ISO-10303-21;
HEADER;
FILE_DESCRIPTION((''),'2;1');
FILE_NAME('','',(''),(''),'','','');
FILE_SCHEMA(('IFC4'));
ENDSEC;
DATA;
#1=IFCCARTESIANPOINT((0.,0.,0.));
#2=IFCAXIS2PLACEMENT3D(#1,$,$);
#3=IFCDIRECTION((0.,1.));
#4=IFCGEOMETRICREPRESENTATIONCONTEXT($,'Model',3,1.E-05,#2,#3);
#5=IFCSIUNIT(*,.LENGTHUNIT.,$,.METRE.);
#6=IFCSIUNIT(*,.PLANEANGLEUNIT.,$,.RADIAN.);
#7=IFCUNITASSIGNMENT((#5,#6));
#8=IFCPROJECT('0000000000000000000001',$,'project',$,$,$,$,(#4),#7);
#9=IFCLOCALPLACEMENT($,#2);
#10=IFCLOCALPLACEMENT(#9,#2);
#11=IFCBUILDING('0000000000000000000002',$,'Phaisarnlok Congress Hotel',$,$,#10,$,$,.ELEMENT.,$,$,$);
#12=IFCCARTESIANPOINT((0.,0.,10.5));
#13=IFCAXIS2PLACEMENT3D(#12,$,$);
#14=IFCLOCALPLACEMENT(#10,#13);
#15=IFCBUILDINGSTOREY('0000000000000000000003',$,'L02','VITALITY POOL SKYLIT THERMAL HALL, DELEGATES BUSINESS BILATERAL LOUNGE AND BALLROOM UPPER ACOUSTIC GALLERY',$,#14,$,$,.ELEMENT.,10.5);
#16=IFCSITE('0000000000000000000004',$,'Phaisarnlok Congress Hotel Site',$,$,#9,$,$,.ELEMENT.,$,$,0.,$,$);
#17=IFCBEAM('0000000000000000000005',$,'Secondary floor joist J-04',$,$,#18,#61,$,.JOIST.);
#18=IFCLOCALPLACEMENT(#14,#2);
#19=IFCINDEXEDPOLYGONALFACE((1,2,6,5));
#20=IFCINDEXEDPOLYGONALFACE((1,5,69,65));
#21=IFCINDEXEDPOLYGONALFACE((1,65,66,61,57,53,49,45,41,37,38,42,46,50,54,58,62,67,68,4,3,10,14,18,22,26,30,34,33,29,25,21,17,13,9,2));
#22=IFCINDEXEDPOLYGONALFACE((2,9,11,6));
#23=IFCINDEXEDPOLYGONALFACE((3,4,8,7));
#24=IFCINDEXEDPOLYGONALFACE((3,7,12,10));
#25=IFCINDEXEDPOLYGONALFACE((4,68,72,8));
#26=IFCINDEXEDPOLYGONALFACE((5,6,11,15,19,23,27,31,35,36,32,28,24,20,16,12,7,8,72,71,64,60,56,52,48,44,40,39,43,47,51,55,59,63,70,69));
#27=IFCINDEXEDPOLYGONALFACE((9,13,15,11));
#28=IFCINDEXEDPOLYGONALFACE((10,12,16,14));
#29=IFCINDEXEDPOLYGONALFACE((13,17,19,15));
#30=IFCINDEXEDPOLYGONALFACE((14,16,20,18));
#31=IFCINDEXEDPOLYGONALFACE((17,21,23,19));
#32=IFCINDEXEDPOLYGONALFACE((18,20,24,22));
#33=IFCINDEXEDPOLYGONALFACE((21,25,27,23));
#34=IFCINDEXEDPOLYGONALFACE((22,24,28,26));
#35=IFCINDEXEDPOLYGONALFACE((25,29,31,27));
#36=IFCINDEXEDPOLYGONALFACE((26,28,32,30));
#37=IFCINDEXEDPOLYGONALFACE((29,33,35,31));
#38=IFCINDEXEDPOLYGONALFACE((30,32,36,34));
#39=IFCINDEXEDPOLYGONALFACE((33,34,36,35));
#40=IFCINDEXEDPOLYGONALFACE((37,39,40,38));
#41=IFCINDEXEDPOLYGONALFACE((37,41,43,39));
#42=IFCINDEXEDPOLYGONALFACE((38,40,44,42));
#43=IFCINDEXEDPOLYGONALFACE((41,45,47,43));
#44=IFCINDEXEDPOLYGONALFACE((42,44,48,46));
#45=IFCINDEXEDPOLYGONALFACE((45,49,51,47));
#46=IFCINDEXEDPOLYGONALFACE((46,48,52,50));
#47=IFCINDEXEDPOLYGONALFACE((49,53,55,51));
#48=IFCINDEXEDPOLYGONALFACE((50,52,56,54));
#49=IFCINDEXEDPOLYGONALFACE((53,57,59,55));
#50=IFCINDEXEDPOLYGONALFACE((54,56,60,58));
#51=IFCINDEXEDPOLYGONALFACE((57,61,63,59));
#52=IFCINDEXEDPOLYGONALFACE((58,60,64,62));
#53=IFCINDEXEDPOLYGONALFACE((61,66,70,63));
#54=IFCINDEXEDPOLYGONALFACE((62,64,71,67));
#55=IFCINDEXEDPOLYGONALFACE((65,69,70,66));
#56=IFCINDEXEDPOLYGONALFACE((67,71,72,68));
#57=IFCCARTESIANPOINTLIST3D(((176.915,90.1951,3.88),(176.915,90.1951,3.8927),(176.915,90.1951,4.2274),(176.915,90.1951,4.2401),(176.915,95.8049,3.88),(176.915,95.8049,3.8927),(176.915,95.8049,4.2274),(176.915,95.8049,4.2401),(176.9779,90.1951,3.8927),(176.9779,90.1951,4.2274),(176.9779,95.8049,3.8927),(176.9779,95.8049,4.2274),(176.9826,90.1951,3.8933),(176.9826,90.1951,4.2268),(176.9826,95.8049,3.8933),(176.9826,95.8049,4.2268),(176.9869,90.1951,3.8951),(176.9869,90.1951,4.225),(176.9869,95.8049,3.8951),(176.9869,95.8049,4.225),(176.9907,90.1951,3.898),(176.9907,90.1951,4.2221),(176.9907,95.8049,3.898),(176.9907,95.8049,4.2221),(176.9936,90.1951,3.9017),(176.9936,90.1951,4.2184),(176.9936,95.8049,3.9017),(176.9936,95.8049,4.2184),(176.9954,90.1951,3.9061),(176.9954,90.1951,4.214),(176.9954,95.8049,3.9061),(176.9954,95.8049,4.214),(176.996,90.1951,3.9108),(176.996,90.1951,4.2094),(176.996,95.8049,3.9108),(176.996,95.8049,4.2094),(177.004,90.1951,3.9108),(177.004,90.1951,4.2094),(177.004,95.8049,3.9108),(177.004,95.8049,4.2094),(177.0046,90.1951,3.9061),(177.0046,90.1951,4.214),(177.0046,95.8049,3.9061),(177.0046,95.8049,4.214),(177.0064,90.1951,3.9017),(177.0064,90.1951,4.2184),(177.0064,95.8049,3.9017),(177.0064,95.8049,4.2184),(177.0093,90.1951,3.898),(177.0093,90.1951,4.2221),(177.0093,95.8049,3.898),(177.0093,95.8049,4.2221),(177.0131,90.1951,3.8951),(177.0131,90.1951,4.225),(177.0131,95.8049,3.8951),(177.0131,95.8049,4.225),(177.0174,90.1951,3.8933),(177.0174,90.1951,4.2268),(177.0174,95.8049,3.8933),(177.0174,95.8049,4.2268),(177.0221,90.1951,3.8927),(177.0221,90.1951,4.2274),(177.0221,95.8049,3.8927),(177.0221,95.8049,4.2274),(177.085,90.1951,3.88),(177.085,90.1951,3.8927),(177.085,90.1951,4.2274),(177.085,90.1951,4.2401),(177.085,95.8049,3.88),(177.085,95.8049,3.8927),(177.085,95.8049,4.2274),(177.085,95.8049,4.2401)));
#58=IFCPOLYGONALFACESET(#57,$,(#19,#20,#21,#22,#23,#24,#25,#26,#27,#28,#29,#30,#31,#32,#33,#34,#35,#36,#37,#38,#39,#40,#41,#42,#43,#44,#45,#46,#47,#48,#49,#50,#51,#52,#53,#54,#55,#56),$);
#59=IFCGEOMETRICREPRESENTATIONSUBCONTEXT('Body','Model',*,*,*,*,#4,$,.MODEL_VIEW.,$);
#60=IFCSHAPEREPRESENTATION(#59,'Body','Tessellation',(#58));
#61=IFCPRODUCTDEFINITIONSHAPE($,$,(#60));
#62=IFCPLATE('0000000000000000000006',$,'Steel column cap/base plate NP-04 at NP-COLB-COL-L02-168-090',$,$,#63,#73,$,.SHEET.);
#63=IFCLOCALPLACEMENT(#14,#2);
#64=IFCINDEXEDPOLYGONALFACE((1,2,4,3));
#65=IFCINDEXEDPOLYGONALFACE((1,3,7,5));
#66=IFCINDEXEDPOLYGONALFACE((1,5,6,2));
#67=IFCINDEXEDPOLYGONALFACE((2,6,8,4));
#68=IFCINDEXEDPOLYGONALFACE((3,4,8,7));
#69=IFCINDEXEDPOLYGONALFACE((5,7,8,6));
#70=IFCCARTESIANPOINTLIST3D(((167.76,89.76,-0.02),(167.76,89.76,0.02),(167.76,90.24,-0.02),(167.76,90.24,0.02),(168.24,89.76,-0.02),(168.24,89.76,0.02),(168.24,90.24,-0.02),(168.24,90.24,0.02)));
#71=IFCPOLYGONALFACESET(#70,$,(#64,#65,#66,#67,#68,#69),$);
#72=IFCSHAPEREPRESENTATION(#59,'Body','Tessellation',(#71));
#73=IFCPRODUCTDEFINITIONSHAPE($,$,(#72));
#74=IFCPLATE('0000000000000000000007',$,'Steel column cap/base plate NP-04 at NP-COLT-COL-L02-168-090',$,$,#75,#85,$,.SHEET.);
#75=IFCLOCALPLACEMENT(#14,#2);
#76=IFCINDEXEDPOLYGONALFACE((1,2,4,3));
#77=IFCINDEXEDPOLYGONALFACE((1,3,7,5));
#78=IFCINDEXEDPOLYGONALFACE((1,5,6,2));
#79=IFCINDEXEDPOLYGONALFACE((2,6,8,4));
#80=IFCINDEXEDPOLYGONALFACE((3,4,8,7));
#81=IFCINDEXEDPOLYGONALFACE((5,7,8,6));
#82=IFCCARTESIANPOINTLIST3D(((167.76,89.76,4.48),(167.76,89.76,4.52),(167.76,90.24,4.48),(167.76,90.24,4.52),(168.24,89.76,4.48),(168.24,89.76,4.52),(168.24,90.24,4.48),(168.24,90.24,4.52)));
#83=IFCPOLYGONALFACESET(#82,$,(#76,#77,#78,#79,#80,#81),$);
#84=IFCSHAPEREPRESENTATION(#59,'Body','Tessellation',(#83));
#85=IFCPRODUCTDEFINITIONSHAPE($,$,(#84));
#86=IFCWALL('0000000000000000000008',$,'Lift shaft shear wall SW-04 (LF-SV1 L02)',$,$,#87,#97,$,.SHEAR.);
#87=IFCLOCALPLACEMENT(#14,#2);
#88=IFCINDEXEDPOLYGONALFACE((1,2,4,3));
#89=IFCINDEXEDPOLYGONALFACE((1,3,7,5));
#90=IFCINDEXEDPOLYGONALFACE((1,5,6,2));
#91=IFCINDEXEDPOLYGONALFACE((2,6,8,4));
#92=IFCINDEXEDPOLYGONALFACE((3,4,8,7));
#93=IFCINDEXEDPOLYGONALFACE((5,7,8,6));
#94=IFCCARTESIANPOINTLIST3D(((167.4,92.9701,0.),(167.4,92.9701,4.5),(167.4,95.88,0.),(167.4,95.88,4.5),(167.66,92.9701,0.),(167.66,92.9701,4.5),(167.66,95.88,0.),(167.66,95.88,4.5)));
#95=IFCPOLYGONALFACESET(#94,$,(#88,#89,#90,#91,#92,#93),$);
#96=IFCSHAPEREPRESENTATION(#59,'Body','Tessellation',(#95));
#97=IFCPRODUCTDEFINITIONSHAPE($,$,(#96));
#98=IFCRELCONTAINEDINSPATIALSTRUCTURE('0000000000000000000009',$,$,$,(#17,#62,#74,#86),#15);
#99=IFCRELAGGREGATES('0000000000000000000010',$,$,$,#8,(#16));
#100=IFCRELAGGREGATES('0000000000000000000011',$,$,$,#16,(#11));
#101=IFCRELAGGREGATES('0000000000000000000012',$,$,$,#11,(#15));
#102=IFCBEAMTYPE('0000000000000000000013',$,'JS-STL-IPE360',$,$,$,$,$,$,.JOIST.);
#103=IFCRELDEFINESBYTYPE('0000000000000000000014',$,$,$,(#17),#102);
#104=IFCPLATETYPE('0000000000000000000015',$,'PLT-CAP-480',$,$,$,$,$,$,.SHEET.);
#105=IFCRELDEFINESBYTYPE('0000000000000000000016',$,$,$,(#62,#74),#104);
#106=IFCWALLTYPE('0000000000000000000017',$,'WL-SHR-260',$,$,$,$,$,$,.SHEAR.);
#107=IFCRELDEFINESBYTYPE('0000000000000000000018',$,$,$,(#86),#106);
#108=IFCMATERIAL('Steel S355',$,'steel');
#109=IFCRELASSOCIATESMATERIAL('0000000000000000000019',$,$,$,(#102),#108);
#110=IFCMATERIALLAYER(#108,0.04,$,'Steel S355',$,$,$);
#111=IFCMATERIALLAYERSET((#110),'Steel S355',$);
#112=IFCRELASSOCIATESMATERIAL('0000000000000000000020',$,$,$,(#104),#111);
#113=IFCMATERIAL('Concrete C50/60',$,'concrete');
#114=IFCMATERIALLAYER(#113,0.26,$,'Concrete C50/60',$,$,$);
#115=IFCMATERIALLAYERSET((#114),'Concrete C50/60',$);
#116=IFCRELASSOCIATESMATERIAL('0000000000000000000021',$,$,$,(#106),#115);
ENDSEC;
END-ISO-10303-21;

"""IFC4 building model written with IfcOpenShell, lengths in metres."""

from ifc_helpers import new_model, si_unit, direction, frame, frame_2d, origin, origin_2d, place, context, subcontext, project, spatial, rectangle, i_section, extrude, material, layer, layer_set, material_profile, profile_set, type_object, element, save


model = new_model("IFC4")

# Units and contexts
model_context = context("Model", 3, precision=1e-05, world=origin(), true_north=direction((0.0, 1.0)))
body_context = subcontext(model_context, "Body", "Model", "MODEL_VIEW")
ifc_project = project(units=[si_unit("LENGTHUNIT", "METRE"), si_unit("PLANEANGLEUNIT", "RADIAN")], contexts=[model_context])

# Site, building, storey
site_placement = place(None, origin())
site = spatial("IfcSite", under=ifc_project, at=site_placement, Name="Phaisarnlok Congress Hotel Site", CompositionType="ELEMENT", RefElevation=0.0)
building_placement = place(site_placement, origin())
building = spatial("IfcBuilding", under=site, at=building_placement, Name="Phaisarnlok Congress Hotel", CompositionType="ELEMENT")
storey_placement = place(building_placement, frame((0.0, 0.0, 10.5)))
storey = spatial("IfcBuildingStorey", under=building, at=storey_placement, Name="L02", Description="VITALITY POOL SKYLIT THERMAL HALL, DELEGATES BUSINESS BILATERAL LOUNGE AND BALLROOM UPPER ACOUSTIC GALLERY", CompositionType="ELEMENT", Elevation=10.5)

# Shared definitions
ifc_material_1 = material(Name="Concrete C50/60", Category="concrete")
ifc_material_2 = material(Name="Steel S355", Category="steel")

# Beam
ifc_material_profile_1 = material_profile(ifc_material_2, i_section(OverallWidth=0.1699, OverallDepth=0.3601, WebThickness=0.0081, FlangeThickness=0.0127, FilletRadius=0.0181, at=origin_2d()), Name="IPE 360")
ifc_profile_set_1 = profile_set([ifc_material_profile_1], Name="Steel S355")
beam_type_1 = type_object("IfcBeamType", Name="JS-STL-IPE360", PredefinedType="JOIST", material=ifc_profile_set_1)
beam_1_placement = place(storey_placement, frame((177.0, 90.1951, 4.0601), z_axis=(0.0, 1.0, 0.0), x_axis=(-1.0, 0.0, 0.0)))
element("IfcBeam", 1, at=beam_1_placement, inside=storey, type_object=beam_type_1, Name="Secondary floor joist J-04", PredefinedType="JOIST", context=body_context, shape_type="SweptSolid", body=[
    extrude(i_section(OverallWidth=0.1699, OverallDepth=0.3601, WebThickness=0.0081, FlangeThickness=0.0127, FilletRadius=0.0181, at=origin_2d()), origin(), (0.0, 0.0, 1.0), 5.6099),
])

# Plates
ifc_layer_1 = layer(ifc_material_2, 0.04, Name="Steel S355")
ifc_layer_set_1 = layer_set([ifc_layer_1], Name="Steel S355")
plate_type = type_object("IfcPlateType", Name="PLT-CAP-480", PredefinedType="SHEET", material=ifc_layer_set_1)
for number, where, z_axis, x_axis, name in (
    (2, (168.0, 90.0, -0.02), (0.0, 0.0, 1.0), (1.0, 0.0, 0.0), "Steel column cap/base plate NP-04 at NP-COLB-COL-L02-168-090"),
    (3, (168.0, 90.0, 4.48), (0.0, 0.0, 1.0), (1.0, 0.0, 0.0), "Steel column cap/base plate NP-04 at NP-COLT-COL-L02-168-090"),
):
    element("IfcPlate", number, at=place(storey_placement, frame(where, z_axis=z_axis, x_axis=x_axis)), inside=storey, type_object=plate_type, Name=name, PredefinedType="SHEET", context=body_context, shape_type="SweptSolid", body=[
        extrude(rectangle(XDim=0.48, YDim=0.48, at=origin_2d()), origin(), (0.0, 0.0, 1.0), 0.04),
    ])

# Wall
ifc_layer_2 = layer(ifc_material_1, 0.26, Name="Concrete C50/60")
ifc_layer_set_2 = layer_set([ifc_layer_2], Name="Concrete C50/60")
wall_type = type_object("IfcWallType", Name="WL-SHR-260", PredefinedType="SHEAR", material=ifc_layer_set_2)
wall_placement = place(storey_placement, frame((167.53, 92.97, 0.0), z_axis=(0.0, 0.0, 1.0), x_axis=(0.0, 1.0, 0.0)))
element("IfcWall", 4, at=wall_placement, inside=storey, type_object=wall_type, Name="Lift shaft shear wall SW-04 (LF-SV1 L02)", PredefinedType="SHEAR", context=body_context, shape_type="SweptSolid", body=[
    extrude(rectangle(XDim=2.9099, YDim=0.26, at=frame_2d((1.4551, 0.0))), origin(), (0.0, 0.0, 1.0), 4.5),
])

save(model, "model.ifc")
